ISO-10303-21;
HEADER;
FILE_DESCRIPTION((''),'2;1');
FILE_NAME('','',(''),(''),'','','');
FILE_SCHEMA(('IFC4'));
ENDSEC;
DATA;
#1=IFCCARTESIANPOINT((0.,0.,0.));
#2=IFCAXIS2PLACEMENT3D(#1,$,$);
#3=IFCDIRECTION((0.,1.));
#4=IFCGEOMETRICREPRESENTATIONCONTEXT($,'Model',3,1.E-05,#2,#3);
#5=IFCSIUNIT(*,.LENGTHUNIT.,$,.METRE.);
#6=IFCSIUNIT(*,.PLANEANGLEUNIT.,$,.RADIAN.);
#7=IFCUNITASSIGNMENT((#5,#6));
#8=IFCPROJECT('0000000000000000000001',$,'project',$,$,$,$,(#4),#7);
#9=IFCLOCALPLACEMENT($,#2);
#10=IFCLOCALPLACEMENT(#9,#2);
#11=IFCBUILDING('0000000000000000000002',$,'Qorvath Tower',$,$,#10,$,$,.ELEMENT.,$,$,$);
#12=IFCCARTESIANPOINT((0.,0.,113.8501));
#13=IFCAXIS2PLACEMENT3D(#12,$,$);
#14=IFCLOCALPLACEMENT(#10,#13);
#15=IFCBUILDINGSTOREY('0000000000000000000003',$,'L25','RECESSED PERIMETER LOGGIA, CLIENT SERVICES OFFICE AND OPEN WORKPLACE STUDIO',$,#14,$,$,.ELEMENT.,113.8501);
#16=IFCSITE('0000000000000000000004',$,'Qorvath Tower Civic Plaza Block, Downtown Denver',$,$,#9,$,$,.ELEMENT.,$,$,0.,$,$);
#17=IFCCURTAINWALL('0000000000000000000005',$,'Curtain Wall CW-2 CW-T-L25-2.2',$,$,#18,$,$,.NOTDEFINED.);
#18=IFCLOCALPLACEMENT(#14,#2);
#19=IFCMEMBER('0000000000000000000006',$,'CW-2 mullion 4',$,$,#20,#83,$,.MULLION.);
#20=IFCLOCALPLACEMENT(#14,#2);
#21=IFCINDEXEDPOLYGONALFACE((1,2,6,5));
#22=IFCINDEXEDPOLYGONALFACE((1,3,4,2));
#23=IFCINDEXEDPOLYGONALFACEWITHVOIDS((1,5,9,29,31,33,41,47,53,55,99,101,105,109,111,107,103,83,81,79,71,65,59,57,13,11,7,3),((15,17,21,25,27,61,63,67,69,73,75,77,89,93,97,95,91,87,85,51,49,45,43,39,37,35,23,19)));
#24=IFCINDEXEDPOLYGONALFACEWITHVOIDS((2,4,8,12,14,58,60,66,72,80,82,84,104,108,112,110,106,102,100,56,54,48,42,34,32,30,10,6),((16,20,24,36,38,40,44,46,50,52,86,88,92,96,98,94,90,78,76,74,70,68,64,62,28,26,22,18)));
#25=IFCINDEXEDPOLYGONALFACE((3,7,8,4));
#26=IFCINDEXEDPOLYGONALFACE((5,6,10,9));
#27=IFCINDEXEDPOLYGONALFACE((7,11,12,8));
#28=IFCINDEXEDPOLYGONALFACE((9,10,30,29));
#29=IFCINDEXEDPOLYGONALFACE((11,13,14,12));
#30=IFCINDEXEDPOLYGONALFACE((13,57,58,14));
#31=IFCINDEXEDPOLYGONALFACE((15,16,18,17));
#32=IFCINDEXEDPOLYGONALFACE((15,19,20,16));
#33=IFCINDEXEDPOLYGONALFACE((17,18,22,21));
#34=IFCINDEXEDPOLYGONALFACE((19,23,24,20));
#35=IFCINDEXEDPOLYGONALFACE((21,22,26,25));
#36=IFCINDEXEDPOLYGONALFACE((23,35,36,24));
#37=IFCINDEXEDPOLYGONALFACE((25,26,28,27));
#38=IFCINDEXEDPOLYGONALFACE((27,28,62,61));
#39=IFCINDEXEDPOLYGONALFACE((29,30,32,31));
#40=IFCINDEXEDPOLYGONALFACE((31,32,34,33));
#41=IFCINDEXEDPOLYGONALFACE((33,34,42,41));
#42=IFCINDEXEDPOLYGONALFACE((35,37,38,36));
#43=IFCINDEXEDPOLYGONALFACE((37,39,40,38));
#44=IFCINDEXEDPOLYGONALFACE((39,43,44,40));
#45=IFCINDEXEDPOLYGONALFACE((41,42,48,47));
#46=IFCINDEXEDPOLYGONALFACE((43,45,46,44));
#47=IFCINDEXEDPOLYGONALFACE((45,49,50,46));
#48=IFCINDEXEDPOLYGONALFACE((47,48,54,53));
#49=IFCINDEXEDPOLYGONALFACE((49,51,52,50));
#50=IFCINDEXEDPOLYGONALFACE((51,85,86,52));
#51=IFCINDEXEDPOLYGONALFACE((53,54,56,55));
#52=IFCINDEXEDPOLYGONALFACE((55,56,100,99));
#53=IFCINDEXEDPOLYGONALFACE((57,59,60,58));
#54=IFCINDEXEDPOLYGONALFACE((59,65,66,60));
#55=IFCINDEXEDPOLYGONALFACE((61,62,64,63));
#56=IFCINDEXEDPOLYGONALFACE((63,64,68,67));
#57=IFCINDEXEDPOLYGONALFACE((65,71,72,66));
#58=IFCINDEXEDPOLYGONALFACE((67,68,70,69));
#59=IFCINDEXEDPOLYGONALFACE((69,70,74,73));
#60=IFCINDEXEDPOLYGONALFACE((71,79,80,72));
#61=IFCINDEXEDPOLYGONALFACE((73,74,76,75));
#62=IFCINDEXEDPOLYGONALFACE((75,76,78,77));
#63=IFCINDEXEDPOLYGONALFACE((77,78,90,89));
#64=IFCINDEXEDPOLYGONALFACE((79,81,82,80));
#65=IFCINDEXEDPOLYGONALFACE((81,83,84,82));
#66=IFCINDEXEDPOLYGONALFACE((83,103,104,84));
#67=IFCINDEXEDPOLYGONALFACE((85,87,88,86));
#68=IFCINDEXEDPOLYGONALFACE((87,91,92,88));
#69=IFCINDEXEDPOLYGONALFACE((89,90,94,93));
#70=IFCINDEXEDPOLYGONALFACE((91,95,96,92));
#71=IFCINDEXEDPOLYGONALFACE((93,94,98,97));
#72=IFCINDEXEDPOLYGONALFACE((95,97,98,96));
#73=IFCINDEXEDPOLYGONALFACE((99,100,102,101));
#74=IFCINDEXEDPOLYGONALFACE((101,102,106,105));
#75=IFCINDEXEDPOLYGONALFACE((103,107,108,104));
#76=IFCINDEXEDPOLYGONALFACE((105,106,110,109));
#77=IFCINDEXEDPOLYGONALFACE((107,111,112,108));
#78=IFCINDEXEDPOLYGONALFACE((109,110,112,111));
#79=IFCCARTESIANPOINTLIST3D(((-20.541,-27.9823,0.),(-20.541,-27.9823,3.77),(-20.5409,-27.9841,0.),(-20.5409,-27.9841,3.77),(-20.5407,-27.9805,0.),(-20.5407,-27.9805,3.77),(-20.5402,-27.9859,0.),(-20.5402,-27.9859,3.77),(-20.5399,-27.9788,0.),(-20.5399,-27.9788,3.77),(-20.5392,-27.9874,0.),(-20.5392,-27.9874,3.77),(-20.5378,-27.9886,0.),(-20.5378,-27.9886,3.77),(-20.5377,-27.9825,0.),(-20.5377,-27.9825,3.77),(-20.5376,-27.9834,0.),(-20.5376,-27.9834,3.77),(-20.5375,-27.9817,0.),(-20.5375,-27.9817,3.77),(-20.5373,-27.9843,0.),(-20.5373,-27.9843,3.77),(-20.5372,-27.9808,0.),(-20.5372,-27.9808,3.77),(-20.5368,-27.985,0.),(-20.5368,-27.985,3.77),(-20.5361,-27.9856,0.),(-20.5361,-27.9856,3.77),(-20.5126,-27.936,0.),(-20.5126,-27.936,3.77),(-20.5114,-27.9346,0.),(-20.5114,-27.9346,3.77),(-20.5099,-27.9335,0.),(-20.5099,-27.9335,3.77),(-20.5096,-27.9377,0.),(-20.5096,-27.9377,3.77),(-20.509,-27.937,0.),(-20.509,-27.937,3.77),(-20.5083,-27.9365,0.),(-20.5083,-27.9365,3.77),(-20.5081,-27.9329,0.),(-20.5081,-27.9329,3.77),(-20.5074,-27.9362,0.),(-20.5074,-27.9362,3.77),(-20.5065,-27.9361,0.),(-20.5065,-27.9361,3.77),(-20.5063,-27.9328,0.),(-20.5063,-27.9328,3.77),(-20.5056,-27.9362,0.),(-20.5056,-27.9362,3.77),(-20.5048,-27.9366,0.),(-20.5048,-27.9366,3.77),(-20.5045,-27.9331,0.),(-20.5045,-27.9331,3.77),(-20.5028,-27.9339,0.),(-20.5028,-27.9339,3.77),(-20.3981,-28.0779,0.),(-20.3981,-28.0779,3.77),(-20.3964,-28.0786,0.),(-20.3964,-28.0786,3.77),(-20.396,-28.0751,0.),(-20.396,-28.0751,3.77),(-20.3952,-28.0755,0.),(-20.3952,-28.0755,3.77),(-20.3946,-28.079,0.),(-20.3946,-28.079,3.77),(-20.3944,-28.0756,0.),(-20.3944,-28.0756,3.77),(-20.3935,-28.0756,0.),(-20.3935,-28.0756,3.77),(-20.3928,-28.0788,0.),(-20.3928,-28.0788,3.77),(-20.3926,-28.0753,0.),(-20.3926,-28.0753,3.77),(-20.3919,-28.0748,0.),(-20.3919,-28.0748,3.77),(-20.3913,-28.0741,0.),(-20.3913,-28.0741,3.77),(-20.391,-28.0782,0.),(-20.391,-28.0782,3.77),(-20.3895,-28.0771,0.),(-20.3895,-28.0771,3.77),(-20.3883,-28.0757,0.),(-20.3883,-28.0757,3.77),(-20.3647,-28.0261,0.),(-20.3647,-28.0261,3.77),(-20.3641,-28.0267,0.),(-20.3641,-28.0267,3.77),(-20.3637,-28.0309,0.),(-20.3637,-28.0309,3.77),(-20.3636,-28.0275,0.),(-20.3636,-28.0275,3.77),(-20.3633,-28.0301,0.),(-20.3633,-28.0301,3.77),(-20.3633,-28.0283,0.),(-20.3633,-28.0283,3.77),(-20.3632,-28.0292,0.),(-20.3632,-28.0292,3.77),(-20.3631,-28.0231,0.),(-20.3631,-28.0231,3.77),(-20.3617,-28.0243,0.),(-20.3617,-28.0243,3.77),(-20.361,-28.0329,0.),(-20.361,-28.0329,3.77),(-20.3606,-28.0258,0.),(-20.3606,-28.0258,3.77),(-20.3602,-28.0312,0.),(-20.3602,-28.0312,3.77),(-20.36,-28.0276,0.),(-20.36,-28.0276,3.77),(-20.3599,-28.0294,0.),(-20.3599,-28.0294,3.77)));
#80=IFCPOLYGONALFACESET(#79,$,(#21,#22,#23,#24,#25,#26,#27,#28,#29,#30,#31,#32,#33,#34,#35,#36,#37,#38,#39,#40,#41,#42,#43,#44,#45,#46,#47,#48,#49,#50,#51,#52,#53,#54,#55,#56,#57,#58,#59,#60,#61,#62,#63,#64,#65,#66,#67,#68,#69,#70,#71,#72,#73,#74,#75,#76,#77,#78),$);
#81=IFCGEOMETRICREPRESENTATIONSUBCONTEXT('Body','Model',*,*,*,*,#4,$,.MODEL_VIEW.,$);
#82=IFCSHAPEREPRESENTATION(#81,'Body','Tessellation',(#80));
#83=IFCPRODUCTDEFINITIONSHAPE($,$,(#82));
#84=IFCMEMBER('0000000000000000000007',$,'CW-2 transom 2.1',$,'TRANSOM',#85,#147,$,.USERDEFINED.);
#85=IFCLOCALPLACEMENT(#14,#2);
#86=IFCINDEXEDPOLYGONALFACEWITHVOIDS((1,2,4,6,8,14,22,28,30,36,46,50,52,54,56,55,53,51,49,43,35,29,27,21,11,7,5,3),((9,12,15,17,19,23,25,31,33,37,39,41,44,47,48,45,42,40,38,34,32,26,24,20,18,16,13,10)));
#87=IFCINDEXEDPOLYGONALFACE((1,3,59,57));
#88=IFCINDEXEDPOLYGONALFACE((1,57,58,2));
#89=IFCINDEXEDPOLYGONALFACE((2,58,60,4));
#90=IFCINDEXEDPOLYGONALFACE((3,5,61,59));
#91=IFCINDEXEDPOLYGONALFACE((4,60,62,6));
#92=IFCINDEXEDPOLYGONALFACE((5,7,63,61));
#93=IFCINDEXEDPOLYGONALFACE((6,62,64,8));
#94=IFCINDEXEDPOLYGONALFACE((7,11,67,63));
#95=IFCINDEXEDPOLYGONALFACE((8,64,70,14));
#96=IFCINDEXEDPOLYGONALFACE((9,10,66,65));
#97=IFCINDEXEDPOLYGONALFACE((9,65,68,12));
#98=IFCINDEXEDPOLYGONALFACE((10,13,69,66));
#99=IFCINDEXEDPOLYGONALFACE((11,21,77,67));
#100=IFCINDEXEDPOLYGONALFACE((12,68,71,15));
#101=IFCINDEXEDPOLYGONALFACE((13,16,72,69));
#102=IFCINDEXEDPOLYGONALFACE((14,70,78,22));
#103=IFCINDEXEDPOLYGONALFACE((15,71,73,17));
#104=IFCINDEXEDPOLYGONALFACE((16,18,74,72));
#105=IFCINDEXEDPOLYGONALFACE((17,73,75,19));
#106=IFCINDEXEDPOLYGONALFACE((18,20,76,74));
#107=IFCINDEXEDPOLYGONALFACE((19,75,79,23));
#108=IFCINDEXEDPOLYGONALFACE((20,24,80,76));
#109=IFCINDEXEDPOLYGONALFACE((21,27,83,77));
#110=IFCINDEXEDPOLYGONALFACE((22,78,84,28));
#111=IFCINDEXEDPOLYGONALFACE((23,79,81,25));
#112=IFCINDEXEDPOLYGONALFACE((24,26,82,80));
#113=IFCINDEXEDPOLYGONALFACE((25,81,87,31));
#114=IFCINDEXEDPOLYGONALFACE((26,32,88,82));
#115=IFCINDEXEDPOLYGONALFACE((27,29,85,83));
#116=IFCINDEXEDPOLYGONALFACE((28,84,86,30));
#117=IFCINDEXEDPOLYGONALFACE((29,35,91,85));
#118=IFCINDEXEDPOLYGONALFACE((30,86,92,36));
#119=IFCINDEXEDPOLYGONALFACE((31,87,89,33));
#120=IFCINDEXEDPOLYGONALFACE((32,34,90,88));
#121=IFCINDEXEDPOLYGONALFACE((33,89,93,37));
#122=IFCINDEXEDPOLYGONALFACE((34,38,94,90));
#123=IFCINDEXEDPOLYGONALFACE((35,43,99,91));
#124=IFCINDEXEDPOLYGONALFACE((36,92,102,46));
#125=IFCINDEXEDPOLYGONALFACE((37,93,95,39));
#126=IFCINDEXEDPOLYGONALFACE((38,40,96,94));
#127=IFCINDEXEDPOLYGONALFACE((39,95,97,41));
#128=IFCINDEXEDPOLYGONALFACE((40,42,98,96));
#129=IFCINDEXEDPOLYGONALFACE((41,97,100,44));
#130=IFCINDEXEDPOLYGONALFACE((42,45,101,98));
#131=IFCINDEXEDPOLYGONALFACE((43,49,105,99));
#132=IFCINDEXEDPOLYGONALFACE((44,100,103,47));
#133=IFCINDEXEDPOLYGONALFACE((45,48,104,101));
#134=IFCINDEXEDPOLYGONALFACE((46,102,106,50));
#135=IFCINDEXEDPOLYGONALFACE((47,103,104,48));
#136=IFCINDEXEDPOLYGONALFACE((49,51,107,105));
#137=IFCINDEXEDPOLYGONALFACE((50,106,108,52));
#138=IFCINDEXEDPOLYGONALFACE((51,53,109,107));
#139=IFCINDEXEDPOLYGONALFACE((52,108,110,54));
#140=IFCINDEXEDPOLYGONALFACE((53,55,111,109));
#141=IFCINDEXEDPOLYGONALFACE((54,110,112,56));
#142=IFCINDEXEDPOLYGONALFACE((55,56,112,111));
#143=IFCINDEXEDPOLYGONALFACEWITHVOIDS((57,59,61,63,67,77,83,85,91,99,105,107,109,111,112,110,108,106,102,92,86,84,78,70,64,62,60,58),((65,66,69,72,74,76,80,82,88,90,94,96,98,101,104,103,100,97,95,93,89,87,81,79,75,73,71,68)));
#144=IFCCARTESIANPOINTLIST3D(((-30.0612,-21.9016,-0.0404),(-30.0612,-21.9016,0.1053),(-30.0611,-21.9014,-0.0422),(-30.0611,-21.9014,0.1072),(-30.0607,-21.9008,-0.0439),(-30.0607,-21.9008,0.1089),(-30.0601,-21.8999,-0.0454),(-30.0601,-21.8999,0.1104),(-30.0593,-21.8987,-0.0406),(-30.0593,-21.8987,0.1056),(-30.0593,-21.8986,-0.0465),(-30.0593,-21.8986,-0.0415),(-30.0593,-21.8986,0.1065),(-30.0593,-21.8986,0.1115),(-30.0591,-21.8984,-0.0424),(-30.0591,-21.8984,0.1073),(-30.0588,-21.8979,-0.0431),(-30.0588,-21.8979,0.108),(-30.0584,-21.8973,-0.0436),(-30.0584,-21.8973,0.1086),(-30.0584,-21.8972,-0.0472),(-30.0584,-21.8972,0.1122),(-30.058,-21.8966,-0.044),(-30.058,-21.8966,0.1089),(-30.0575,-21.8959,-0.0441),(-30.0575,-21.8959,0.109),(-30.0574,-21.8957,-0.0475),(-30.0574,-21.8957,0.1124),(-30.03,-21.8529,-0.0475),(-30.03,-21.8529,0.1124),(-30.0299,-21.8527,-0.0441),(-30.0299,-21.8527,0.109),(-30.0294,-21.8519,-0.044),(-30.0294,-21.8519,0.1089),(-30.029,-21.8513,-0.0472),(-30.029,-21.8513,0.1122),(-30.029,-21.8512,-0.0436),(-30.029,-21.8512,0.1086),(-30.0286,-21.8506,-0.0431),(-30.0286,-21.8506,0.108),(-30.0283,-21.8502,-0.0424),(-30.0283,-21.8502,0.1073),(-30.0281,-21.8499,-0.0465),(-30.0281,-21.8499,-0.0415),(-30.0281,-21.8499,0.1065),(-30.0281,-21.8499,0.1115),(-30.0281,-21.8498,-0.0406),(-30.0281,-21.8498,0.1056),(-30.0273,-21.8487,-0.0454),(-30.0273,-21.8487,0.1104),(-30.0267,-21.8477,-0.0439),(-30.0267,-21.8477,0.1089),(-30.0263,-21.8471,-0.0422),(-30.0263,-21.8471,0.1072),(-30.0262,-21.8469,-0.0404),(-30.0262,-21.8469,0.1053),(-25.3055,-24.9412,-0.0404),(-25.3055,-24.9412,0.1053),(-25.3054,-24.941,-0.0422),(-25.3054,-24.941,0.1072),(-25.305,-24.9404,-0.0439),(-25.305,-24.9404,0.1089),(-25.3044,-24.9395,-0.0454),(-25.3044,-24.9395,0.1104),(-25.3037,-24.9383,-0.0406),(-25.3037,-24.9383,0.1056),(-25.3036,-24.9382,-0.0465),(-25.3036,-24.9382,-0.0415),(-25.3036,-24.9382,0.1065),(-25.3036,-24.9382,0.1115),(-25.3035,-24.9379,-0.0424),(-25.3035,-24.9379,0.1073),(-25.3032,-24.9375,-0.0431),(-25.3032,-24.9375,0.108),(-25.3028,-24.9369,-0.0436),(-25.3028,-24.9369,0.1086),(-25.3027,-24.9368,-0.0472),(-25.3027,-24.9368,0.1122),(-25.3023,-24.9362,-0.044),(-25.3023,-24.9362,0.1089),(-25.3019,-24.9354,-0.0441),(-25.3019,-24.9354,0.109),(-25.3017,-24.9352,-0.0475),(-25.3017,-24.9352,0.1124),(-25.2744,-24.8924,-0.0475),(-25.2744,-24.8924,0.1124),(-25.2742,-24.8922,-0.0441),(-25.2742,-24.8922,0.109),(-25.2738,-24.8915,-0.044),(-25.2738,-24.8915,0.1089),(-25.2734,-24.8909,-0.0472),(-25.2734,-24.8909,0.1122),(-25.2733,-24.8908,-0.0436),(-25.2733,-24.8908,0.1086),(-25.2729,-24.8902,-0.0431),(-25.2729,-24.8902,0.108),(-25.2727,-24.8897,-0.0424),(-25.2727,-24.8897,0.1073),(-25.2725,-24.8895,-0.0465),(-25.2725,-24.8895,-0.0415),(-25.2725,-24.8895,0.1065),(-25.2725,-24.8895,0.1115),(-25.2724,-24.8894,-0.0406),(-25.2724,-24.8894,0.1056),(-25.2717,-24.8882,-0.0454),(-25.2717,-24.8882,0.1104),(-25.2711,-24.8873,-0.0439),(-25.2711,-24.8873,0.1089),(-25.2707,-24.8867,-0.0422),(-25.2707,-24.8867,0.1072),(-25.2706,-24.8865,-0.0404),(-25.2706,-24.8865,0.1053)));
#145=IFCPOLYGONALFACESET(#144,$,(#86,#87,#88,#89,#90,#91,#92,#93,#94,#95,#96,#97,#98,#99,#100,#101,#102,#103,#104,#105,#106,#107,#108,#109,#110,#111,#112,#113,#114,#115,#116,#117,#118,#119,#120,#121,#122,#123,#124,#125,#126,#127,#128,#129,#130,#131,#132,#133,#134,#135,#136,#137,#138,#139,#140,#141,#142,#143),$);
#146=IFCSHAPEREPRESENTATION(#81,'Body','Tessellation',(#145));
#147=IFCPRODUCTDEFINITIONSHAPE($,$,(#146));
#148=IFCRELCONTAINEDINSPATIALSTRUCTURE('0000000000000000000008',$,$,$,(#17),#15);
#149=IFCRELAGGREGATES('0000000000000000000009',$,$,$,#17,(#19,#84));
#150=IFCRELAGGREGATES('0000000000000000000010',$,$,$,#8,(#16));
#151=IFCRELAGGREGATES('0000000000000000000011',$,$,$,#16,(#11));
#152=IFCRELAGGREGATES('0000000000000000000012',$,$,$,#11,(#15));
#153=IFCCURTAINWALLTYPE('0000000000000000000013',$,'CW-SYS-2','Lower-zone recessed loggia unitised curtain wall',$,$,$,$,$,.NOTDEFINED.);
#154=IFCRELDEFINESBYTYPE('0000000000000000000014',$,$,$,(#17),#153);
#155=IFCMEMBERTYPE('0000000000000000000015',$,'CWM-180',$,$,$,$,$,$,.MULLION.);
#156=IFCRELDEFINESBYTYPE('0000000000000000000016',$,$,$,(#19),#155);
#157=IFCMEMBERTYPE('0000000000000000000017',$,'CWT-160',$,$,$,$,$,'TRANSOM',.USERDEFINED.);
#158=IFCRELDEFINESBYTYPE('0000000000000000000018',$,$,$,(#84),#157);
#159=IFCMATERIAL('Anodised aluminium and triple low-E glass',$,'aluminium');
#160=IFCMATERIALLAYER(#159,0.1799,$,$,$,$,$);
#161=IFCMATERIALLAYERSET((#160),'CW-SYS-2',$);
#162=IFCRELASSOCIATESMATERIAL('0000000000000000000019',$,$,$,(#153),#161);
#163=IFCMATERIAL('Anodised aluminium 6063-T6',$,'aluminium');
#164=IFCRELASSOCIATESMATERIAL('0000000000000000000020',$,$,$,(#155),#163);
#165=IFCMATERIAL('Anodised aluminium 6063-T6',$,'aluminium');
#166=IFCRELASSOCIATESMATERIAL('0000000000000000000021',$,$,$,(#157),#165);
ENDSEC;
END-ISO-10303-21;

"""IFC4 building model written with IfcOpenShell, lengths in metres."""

from ifc_helpers import new_model, si_unit, direction, frame, origin, origin_2d, place, context, subcontext, project, spatial, hollow_rectangle, extrude, material, layer, layer_set, material_profile, profile_set, type_object, element, aggregate, save


model = new_model("IFC4")

# Units and contexts
model_context = context("Model", 3, precision=1e-05, world=origin(), true_north=direction((0.0, 1.0)))
body_context = subcontext(model_context, "Body", "Model", "MODEL_VIEW")
ifc_project = project(units=[si_unit("LENGTHUNIT", "METRE"), si_unit("PLANEANGLEUNIT", "RADIAN")], contexts=[model_context])

# Site, building, storey
site_placement = place(None, origin())
site = spatial("IfcSite", under=ifc_project, at=site_placement, Name="Qorvath Tower Civic Plaza Block, Downtown Denver", CompositionType="ELEMENT", RefElevation=0.0)
building_placement = place(site_placement, origin())
building = spatial("IfcBuilding", under=site, at=building_placement, Name="Qorvath Tower", CompositionType="ELEMENT")
storey_placement = place(building_placement, frame((0.0, 0.0, 113.8501)))
storey = spatial("IfcBuildingStorey", under=building, at=storey_placement, Name="L25", Description="RECESSED PERIMETER LOGGIA, CLIENT SERVICES OFFICE AND OPEN WORKPLACE STUDIO", CompositionType="ELEMENT", Elevation=113.8501)

# Curtain wall, members
ifc_material_1 = material(Name="Anodised aluminium and triple low-E glass", Category="aluminium")
ifc_layer_1 = layer(ifc_material_1, 0.1799)
ifc_layer_set_1 = layer_set([ifc_layer_1], Name="CW-SYS-2")
curtain_wall_type = type_object("IfcCurtainWallType", Name="CW-SYS-2", Description="Lower-zone recessed loggia unitised curtain wall", PredefinedType="NOTDEFINED", material=ifc_layer_set_1)
curtain_wall_placement = place(storey_placement, origin())
curtain_wall = element("IfcCurtainWall", 1, at=curtain_wall_placement, inside=storey, type_object=curtain_wall_type, Name="Curtain Wall CW-2 CW-T-L25-2.2", PredefinedType="NOTDEFINED")
ifc_material_2 = material(Name="Anodised aluminium 6063-T6", Category="aluminium")
ifc_material_profile_1 = material_profile(ifc_material_2, hollow_rectangle(XDim=0.0649, YDim=0.1799, WallThickness=0.0034, InnerFilletRadius=0.0034, OuterFilletRadius=0.0071, at=origin_2d()), Name="CWM 180x65")
ifc_profile_set_1 = profile_set([ifc_material_profile_1], Name="Anodised aluminium 6063-T6")
member_type_1 = type_object("IfcMemberType", Name="CWM-180", PredefinedType="MULLION", material=ifc_profile_set_1)
member_1_placement = place(storey_placement, frame((-20.4504, -28.0059, 0.0), z_axis=(0.0, 0.0, 1.0), x_axis=(0.538538, 0.842601, 0.0)))
member_1 = element("IfcMember", 2, at=member_1_placement, type_object=member_type_1, Name="CW-2 mullion 4", PredefinedType="MULLION", context=body_context, shape_type="SweptSolid", body=[
    extrude(hollow_rectangle(XDim=0.0649, YDim=0.1799, WallThickness=0.0034, InnerFilletRadius=0.0034, OuterFilletRadius=0.0071, at=origin_2d()), origin(), (0.0, 0.0, 1.0), 3.77),
])
ifc_material_3 = material(Name="Anodised aluminium 6063-T6", Category="aluminium")
ifc_material_profile_2 = material_profile(ifc_material_3, hollow_rectangle(XDim=0.0649, YDim=0.1599, WallThickness=0.0034, InnerFilletRadius=0.0034, OuterFilletRadius=0.0071, at=origin_2d()), Name="CWT 160x65")
ifc_profile_set_2 = profile_set([ifc_material_profile_2], Name="Anodised aluminium 6063-T6")
member_type_2 = type_object("IfcMemberType", Name="CWT-160", ElementType="TRANSOM", PredefinedType="USERDEFINED", material=ifc_profile_set_2)
member_2_placement = place(storey_placement, frame((-30.0437, -21.8743, 0.0325), z_axis=(0.842596, -0.538545, 0.0), x_axis=(0.538545, 0.842596, 0.0)))
member_2 = element("IfcMember", 3, at=member_2_placement, type_object=member_type_2, Name="CW-2 transom 2.1", ObjectType="TRANSOM", PredefinedType="USERDEFINED", context=body_context, shape_type="SweptSolid", body=[
    extrude(hollow_rectangle(XDim=0.0649, YDim=0.1599, WallThickness=0.0034, InnerFilletRadius=0.0034, OuterFilletRadius=0.0071, at=origin_2d()), origin(), (0.0, 0.0, 1.0), 5.644),
])
aggregate(curtain_wall, [member_1, member_2])

save(model, "model.ifc")
